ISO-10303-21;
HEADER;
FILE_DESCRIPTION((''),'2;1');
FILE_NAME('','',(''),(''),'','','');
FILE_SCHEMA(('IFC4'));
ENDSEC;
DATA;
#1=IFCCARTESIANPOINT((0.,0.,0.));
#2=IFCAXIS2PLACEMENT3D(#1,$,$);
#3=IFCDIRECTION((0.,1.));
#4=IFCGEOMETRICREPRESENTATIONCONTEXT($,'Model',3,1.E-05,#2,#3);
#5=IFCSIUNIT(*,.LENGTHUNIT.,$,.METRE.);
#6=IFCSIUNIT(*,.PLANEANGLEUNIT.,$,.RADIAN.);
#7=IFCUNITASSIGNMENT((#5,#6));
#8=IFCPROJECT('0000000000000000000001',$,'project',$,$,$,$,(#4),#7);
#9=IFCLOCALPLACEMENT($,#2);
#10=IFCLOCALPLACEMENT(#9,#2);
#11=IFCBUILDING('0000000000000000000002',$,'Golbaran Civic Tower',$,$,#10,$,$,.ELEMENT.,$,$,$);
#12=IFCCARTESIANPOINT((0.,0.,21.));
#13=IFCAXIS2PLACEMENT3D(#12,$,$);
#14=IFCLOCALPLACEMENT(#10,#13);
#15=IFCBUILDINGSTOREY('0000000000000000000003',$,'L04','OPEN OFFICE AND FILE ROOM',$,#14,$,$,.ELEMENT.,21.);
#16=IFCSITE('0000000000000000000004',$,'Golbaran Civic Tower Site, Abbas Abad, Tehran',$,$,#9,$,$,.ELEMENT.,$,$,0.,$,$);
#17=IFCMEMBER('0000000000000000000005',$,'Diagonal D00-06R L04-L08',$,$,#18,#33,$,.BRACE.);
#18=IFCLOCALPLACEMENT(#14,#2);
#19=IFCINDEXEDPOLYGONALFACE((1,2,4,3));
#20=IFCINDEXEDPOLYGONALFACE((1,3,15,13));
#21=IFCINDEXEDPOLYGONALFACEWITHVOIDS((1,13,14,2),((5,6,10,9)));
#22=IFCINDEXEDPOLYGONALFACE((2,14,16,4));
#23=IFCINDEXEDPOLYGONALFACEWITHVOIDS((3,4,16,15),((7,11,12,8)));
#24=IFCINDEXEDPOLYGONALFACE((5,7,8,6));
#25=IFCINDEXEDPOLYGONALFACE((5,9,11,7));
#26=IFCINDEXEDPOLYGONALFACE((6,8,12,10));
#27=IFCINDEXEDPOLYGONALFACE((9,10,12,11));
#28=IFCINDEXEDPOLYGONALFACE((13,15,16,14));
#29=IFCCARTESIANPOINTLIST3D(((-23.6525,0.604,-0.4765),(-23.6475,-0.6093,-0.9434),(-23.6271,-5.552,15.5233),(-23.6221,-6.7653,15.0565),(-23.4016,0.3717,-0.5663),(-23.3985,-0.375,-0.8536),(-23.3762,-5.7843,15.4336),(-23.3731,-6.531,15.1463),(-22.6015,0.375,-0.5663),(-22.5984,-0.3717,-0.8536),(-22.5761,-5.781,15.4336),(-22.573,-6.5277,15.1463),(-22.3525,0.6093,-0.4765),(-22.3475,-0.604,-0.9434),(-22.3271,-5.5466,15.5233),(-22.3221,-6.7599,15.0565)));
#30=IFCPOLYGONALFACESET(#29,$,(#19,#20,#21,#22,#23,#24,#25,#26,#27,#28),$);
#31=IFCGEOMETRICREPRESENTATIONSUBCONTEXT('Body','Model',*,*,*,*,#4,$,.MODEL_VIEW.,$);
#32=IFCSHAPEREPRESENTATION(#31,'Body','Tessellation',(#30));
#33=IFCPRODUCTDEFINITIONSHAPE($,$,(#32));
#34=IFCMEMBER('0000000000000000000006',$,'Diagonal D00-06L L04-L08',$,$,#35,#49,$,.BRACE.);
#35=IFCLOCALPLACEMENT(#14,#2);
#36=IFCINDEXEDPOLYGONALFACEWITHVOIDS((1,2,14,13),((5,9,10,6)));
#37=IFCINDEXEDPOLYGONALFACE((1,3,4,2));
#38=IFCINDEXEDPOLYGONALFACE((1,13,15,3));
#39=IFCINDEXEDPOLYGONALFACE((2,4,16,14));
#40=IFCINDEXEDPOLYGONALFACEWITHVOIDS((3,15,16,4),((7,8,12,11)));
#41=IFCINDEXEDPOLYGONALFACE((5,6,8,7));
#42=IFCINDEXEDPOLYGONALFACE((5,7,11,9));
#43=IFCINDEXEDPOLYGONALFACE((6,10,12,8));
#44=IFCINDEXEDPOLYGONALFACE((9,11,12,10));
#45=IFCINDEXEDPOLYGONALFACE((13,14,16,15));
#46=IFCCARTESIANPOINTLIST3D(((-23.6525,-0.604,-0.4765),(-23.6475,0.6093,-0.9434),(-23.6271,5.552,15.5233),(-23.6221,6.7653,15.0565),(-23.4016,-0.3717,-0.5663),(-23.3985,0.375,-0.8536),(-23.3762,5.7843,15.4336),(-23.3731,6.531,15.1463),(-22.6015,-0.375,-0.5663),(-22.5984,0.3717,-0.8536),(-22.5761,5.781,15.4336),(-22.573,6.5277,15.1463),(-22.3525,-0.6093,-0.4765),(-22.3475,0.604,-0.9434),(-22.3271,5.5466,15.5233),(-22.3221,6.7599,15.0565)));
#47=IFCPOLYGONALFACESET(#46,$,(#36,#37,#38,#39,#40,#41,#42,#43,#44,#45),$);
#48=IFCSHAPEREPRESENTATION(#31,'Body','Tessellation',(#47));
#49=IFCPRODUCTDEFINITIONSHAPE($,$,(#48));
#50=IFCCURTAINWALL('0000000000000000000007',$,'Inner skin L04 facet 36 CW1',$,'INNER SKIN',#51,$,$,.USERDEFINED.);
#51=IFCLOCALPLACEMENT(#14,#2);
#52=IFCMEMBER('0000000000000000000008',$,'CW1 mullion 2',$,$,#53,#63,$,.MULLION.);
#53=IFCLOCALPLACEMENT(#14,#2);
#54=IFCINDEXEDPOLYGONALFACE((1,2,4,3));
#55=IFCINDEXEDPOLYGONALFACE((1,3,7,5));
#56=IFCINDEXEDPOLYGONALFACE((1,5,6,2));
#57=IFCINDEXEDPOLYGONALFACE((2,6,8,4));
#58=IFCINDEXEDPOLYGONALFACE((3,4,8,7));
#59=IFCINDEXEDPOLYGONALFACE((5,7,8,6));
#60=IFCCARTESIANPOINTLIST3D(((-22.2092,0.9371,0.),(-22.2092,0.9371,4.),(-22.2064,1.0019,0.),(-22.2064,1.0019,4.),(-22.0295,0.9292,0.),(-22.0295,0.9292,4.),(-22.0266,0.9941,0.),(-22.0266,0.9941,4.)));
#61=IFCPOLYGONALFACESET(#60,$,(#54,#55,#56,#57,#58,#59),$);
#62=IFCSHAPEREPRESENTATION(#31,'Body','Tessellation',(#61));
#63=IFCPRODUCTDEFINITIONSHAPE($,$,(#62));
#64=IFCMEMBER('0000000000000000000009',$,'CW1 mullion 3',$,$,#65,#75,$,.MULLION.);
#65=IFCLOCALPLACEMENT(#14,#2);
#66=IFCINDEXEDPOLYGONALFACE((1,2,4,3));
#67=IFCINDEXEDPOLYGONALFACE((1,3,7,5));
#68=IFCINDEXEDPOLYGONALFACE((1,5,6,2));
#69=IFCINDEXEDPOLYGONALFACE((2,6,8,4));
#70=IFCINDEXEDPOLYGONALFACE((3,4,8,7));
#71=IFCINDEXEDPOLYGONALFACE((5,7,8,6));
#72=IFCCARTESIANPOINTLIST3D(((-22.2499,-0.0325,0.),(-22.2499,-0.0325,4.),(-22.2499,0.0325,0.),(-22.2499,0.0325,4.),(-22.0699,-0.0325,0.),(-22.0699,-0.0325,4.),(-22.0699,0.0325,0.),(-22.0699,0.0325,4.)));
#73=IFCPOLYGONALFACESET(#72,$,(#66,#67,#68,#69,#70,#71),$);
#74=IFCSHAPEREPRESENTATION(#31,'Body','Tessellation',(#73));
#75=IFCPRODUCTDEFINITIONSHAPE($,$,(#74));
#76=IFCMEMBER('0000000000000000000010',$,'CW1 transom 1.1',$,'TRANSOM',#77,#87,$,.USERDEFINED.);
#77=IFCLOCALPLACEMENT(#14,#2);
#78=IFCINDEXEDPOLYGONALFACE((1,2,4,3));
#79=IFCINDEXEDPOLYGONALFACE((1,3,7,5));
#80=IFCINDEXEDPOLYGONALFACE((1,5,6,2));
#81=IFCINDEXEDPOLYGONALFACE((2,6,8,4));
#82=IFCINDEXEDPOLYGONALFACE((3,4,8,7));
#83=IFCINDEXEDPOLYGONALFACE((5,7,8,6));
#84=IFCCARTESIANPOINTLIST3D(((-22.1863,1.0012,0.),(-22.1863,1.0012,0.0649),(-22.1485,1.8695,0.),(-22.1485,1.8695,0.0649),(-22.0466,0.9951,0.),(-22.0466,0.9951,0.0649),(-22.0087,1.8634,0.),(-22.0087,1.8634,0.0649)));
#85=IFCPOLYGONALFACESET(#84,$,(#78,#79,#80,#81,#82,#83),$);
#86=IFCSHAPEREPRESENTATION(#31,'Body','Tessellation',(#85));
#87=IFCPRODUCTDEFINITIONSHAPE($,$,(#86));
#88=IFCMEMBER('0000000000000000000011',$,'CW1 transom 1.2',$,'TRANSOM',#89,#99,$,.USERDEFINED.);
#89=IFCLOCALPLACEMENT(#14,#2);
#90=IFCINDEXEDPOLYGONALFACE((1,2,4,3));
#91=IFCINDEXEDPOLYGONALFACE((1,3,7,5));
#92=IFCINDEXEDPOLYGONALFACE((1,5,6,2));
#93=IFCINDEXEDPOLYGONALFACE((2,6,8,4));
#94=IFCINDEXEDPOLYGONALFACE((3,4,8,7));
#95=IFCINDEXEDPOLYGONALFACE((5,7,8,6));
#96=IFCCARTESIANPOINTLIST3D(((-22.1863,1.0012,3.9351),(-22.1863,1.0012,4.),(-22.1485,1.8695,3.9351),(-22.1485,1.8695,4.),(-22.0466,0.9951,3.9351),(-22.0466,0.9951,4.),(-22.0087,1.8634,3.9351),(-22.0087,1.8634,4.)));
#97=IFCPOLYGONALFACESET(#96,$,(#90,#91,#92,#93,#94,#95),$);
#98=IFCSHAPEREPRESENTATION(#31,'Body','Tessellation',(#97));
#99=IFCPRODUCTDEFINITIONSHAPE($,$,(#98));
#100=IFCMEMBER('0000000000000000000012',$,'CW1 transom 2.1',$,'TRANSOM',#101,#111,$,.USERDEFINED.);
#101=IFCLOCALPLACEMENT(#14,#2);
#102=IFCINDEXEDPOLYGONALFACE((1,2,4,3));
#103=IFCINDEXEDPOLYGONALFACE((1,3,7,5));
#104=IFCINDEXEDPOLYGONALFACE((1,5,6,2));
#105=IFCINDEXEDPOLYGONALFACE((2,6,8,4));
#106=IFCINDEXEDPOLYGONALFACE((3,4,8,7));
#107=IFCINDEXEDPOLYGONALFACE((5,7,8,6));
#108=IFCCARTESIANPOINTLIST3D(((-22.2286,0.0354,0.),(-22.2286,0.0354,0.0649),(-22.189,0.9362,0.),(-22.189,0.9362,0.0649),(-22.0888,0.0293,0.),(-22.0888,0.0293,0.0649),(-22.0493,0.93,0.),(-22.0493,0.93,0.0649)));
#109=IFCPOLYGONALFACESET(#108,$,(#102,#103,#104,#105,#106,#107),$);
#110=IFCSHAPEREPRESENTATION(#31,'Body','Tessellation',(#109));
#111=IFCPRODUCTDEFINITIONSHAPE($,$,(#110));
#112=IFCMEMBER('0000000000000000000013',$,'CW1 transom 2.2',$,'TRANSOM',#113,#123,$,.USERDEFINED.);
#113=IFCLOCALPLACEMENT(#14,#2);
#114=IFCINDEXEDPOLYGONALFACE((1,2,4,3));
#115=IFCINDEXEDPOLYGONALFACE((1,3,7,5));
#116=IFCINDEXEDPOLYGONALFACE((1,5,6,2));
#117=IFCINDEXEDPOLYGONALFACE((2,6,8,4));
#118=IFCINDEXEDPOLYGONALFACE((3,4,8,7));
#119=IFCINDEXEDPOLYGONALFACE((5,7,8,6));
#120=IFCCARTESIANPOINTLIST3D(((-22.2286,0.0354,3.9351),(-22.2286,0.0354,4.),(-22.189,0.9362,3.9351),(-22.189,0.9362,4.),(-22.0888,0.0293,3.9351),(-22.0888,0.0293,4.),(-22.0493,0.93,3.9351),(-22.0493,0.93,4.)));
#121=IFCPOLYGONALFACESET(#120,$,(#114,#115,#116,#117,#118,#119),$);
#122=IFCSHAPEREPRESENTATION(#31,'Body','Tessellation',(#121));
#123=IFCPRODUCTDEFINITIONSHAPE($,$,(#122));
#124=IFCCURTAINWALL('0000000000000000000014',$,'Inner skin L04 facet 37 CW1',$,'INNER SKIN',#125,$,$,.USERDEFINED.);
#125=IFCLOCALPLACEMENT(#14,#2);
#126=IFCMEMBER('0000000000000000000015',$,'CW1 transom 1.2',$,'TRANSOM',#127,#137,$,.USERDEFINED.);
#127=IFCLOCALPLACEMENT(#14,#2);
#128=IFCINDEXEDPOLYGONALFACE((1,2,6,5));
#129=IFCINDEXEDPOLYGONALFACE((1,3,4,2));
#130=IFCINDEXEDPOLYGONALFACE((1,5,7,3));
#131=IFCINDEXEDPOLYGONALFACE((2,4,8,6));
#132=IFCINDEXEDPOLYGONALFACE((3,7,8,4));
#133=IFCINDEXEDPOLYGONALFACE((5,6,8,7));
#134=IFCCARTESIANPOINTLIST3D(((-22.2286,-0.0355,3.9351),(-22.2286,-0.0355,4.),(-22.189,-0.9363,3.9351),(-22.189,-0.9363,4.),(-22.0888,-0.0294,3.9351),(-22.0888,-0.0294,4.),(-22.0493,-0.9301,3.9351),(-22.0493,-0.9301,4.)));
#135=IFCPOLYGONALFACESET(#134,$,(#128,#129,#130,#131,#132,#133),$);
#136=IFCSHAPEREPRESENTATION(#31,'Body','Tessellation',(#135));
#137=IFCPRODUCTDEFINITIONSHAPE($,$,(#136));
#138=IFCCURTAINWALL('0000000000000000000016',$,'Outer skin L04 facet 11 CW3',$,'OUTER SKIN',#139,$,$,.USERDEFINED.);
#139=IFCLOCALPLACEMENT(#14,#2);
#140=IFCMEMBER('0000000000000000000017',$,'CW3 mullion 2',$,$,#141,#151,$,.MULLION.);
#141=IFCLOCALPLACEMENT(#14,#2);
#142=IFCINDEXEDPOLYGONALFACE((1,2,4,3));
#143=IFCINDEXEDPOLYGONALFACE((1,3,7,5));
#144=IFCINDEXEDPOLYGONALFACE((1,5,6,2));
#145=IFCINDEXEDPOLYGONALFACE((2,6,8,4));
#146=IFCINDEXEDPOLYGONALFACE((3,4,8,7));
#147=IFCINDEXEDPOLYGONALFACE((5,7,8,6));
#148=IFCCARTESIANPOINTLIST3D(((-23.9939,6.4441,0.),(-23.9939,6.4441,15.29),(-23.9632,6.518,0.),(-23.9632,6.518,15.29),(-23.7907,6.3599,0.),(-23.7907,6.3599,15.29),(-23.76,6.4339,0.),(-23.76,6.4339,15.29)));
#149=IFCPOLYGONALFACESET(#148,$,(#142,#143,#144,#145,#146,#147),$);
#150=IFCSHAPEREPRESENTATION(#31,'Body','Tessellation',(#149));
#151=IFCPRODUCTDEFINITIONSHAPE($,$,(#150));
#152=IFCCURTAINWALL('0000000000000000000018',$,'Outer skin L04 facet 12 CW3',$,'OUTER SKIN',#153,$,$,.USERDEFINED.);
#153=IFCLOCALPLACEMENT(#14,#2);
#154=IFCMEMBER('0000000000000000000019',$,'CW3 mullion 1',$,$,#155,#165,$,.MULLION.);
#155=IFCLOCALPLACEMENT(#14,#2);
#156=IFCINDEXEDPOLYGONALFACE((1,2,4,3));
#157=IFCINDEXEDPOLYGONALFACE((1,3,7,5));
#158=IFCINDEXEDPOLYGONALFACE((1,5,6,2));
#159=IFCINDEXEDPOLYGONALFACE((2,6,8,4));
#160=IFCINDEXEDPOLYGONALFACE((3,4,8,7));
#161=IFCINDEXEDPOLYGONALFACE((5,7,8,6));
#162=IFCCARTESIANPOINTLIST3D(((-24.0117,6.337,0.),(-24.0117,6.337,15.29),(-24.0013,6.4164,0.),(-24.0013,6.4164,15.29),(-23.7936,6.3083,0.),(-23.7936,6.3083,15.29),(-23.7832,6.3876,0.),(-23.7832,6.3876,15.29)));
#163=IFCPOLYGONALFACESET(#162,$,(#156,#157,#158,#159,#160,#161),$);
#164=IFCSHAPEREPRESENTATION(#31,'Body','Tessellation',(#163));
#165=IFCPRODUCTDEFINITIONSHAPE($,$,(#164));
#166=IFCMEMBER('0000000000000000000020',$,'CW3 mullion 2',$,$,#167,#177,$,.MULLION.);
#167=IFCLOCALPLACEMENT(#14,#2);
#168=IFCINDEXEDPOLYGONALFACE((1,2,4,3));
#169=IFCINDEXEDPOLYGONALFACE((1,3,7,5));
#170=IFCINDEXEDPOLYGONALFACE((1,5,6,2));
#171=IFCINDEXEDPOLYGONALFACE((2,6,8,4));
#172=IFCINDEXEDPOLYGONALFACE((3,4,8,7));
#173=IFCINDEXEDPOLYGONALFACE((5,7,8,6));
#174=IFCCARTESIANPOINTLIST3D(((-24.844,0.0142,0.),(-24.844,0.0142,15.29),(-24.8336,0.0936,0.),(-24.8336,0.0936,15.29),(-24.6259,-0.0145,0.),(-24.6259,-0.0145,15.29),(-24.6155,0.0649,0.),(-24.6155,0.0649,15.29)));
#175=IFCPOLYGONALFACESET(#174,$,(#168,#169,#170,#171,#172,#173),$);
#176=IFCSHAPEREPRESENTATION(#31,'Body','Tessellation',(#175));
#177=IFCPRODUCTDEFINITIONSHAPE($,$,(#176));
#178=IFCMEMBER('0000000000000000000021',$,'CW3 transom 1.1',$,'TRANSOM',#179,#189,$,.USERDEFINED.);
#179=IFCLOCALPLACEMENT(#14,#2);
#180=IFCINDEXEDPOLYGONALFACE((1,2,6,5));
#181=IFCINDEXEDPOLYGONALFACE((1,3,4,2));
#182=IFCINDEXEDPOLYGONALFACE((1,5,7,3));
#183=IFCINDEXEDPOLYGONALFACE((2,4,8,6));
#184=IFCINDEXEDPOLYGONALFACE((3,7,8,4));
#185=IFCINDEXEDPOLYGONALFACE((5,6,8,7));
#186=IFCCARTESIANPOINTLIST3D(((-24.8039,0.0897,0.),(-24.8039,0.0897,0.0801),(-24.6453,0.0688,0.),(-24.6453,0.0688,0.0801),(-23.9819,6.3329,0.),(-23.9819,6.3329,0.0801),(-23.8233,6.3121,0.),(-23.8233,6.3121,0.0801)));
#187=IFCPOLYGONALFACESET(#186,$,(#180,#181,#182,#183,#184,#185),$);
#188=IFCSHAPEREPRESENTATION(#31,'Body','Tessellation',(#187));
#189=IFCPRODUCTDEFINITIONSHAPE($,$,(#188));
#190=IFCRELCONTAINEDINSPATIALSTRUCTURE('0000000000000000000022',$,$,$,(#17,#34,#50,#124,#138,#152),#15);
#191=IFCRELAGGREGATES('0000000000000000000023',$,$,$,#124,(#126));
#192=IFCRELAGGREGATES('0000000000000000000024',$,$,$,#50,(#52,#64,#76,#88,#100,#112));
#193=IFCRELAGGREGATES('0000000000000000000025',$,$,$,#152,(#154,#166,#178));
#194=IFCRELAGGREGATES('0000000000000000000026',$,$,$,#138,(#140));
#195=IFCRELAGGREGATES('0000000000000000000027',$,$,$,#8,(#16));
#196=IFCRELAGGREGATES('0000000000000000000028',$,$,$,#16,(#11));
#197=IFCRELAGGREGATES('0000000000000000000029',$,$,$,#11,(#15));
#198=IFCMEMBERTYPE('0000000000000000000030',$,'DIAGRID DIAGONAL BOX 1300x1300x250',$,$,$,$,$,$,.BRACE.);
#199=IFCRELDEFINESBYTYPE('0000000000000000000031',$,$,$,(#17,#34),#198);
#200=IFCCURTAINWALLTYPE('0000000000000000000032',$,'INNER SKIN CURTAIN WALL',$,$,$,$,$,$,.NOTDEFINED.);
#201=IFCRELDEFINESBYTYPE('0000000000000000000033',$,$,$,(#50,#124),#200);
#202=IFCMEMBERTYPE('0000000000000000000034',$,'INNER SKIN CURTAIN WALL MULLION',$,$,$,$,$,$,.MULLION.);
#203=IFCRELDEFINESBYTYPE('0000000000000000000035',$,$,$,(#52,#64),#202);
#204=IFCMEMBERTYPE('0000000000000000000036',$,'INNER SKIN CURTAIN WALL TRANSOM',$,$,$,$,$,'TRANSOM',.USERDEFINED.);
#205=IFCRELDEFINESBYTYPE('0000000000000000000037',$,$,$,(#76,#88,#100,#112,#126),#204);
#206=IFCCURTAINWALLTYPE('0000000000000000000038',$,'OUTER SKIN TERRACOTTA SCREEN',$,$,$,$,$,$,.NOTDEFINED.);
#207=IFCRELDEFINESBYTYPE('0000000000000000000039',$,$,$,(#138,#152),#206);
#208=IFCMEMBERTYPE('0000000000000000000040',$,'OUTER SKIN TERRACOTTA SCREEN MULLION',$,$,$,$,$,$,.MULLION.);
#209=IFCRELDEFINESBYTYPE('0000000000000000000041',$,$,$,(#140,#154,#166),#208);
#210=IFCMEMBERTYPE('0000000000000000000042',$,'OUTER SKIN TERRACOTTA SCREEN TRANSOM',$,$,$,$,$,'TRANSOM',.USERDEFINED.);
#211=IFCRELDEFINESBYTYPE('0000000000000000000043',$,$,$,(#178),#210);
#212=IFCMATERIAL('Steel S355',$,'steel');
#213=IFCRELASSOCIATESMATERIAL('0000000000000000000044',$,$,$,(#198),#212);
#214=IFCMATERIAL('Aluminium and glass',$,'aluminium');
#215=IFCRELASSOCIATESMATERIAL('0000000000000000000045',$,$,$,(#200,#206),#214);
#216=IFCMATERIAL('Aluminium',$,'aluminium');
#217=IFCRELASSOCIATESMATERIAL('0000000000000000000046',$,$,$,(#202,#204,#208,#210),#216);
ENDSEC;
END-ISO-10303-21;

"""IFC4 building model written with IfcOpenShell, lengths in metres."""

from ifc_helpers import new_model, si_unit, direction, frame, origin, origin_2d, place, context, subcontext, project, spatial, rectangle, hollow_rectangle, extrude, material, material_profile, profile_set, type_object, element, aggregate, save


model = new_model("IFC4")

# Units and contexts
model_context = context("Model", 3, precision=1e-05, world=origin(), true_north=direction((0.0, 1.0)))
body_context = subcontext(model_context, "Body", "Model", "MODEL_VIEW")
ifc_project = project(units=[si_unit("LENGTHUNIT", "METRE"), si_unit("PLANEANGLEUNIT", "RADIAN")], contexts=[model_context])

# Site, building, storey
site_placement = place(None, origin())
site = spatial("IfcSite", under=ifc_project, at=site_placement, Name="Golbaran Civic Tower Site, Abbas Abad, Tehran", CompositionType="ELEMENT", RefElevation=0.0)
building_placement = place(site_placement, origin())
building = spatial("IfcBuilding", under=site, at=building_placement, Name="Golbaran Civic Tower", CompositionType="ELEMENT")
storey_placement = place(building_placement, frame((0.0, 0.0, 21.0)))
storey = spatial("IfcBuildingStorey", under=building, at=storey_placement, Name="L04", Description="OPEN OFFICE AND FILE ROOM", CompositionType="ELEMENT", Elevation=21.0)

# Members
ifc_material_1 = material(Name="Steel S355", Category="steel")
ifc_material_profile_1 = material_profile(ifc_material_1, hollow_rectangle(XDim=1.3, YDim=1.3, WallThickness=0.25, at=origin_2d()), Name="BOX 1300x1300x250")
ifc_profile_set_1 = profile_set([ifc_material_profile_1], Name="Steel S355")
member_type_1 = type_object("IfcMemberType", Name="DIAGRID DIAGONAL BOX 1300x1300x250", PredefinedType="BRACE", material=ifc_profile_set_1)
for number, where, z_axis, x_axis, name in (
    (1, (-23.0, 0.0, -0.71), (0.001481, -0.359088, 0.933302), (0.999991, 0.004124, 0.0), "Diagonal D00-06R L04-L08"),
    (2, (-23.0, 0.0, -0.71), (0.001481, 0.359088, 0.933302), (-0.999991, 0.004124, 0.0), "Diagonal D00-06L L04-L08"),
):
    element("IfcMember", number, at=place(storey_placement, frame(where, z_axis=z_axis, x_axis=x_axis)), inside=storey, type_object=member_type_1, Name=name, PredefinedType="BRACE", context=body_context, shape_type="SweptSolid", body=[
        extrude(hollow_rectangle(XDim=1.3, YDim=1.3, WallThickness=0.25, at=origin_2d()), origin(), (0.0, 0.0, 1.0), 17.1433),
    ])

# Curtain wall, members
ifc_material_2 = material(Name="Aluminium and glass", Category="aluminium")
curtain_wall_type_1 = type_object("IfcCurtainWallType", Name="INNER SKIN CURTAIN WALL", PredefinedType="NOTDEFINED", material=ifc_material_2)
curtain_wall_1_placement = place(storey_placement, origin())
curtain_wall_1 = element("IfcCurtainWall", 3, at=curtain_wall_1_placement, inside=storey, type_object=curtain_wall_type_1, Name="Inner skin L04 facet 36 CW1", ObjectType="INNER SKIN", PredefinedType="USERDEFINED")
ifc_material_3 = material(Name="Aluminium", Category="aluminium")
ifc_material_profile_2 = material_profile(ifc_material_3, rectangle(XDim=0.1799, YDim=0.0649, at=origin_2d()), Name="INNER SKIN CURTAIN WALL MULLION")
ifc_profile_set_2 = profile_set([ifc_material_profile_2], Name="Aluminium")
member_type_2 = type_object("IfcMemberType", Name="INNER SKIN CURTAIN WALL MULLION", PredefinedType="MULLION", material=ifc_profile_set_2)
member_1_placement = place(storey_placement, frame((-22.1179, 0.9656, 0.0), z_axis=(0.0, 0.0, 1.0), x_axis=(0.999048, -0.043619, 0.0)))
member_1 = element("IfcMember", 4, at=member_1_placement, type_object=member_type_2, Name="CW1 mullion 2", PredefinedType="MULLION", context=body_context, shape_type="SweptSolid", body=[
    extrude(rectangle(XDim=0.1799, YDim=0.0649, at=origin_2d()), origin(), (0.0, 0.0, 1.0), 4.0),
])
member_2_placement = place(storey_placement, frame((-22.1599, 0.0, 0.0), z_axis=(0.0, 0.0, 1.0), x_axis=(1.0, 0.0, 0.0)))
member_2 = element("IfcMember", 5, at=member_2_placement, type_object=member_type_2, Name="CW1 mullion 3", PredefinedType="MULLION", context=body_context, shape_type="SweptSolid", body=[
    extrude(rectangle(XDim=0.1799, YDim=0.0649, at=origin_2d()), origin(), (0.0, 0.0, 1.0), 4.0),
])
ifc_material_profile_3 = material_profile(ifc_material_3, rectangle(XDim=0.1399, YDim=0.0649, at=origin_2d()), Name="INNER SKIN CURTAIN WALL TRANSOM")
ifc_profile_set_3 = profile_set([ifc_material_profile_3], Name="Aluminium")
member_type_3 = type_object("IfcMemberType", Name="INNER SKIN CURTAIN WALL TRANSOM", ElementType="TRANSOM", PredefinedType="USERDEFINED", material=ifc_profile_set_3)
member_3_placement = place(storey_placement, frame((-22.0786, 1.8665, 0.0325), z_axis=(-0.043535, -0.999052, 0.0), x_axis=(0.999052, -0.043535, 0.0)))
member_3 = element("IfcMember", 6, at=member_3_placement, type_object=member_type_3, Name="CW1 transom 1.1", ObjectType="TRANSOM", PredefinedType="USERDEFINED", context=body_context, shape_type="SweptSolid", body=[
    extrude(rectangle(XDim=0.1399, YDim=0.0649, at=origin_2d()), origin(), (0.0, 0.0, 1.0), 0.8691),
])
member_4_placement = place(storey_placement, frame((-22.0786, 1.8665, 3.9675), z_axis=(-0.043535, -0.999052, 0.0), x_axis=(0.999052, -0.043535, 0.0)))
member_4 = element("IfcMember", 7, at=member_4_placement, type_object=member_type_3, Name="CW1 transom 1.2", ObjectType="TRANSOM", PredefinedType="USERDEFINED", context=body_context, shape_type="SweptSolid", body=[
    extrude(rectangle(XDim=0.1399, YDim=0.0649, at=origin_2d()), origin(), (0.0, 0.0, 1.0), 0.8691),
])
member_5_placement = place(storey_placement, frame((-22.1191, 0.9331, 0.0325), z_axis=(-0.043872, -0.999037, 0.0), x_axis=(0.999037, -0.043872, 0.0)))
member_5 = element("IfcMember", 8, at=member_5_placement, type_object=member_type_3, Name="CW1 transom 2.1", ObjectType="TRANSOM", PredefinedType="USERDEFINED", context=body_context, shape_type="SweptSolid", body=[
    extrude(rectangle(XDim=0.1399, YDim=0.0649, at=origin_2d()), origin(), (0.0, 0.0, 1.0), 0.9016),
])
member_6_placement = place(storey_placement, frame((-22.1191, 0.9331, 3.9675), z_axis=(-0.043872, -0.999037, 0.0), x_axis=(0.999037, -0.043872, 0.0)))
member_6 = element("IfcMember", 9, at=member_6_placement, type_object=member_type_3, Name="CW1 transom 2.2", ObjectType="TRANSOM", PredefinedType="USERDEFINED", context=body_context, shape_type="SweptSolid", body=[
    extrude(rectangle(XDim=0.1399, YDim=0.0649, at=origin_2d()), origin(), (0.0, 0.0, 1.0), 0.9016),
])

# Curtain walls, members
curtain_wall_2_placement = place(storey_placement, origin())
curtain_wall_2 = element("IfcCurtainWall", 10, at=curtain_wall_2_placement, inside=storey, type_object=curtain_wall_type_1, Name="Inner skin L04 facet 37 CW1", ObjectType="INNER SKIN", PredefinedType="USERDEFINED")
member_7_placement = place(storey_placement, frame((-22.1587, -0.0325, 3.9675), z_axis=(0.043872, -0.999037, 0.0), x_axis=(0.999037, 0.043872, 0.0)))
member_7 = element("IfcMember", 11, at=member_7_placement, type_object=member_type_3, Name="CW1 transom 1.2", ObjectType="TRANSOM", PredefinedType="USERDEFINED", context=body_context, shape_type="SweptSolid", body=[
    extrude(rectangle(XDim=0.1399, YDim=0.0649, at=origin_2d()), origin(), (0.0, 0.0, 1.0), 0.9016),
])
aggregate(curtain_wall_2, [member_7])
curtain_wall_type_2 = type_object("IfcCurtainWallType", Name="OUTER SKIN TERRACOTTA SCREEN", PredefinedType="NOTDEFINED", material=ifc_material_2)
curtain_wall_3_placement = place(storey_placement, origin())
curtain_wall_3 = element("IfcCurtainWall", 12, at=curtain_wall_3_placement, inside=storey, type_object=curtain_wall_type_2, Name="Outer skin L04 facet 11 CW3", ObjectType="OUTER SKIN", PredefinedType="USERDEFINED")
ifc_material_profile_4 = material_profile(ifc_material_3, rectangle(XDim=0.22, YDim=0.0801, at=origin_2d()), Name="OUTER SKIN TERRACOTTA SCREEN MULLION")
ifc_profile_set_4 = profile_set([ifc_material_profile_4], Name="Aluminium")
member_type_4 = type_object("IfcMemberType", Name="OUTER SKIN TERRACOTTA SCREEN MULLION", PredefinedType="MULLION", material=ifc_profile_set_4)
member_8_placement = place(storey_placement, frame((-23.877, 6.439, 0.0), z_axis=(0.0, 0.0, 1.0), x_axis=(0.92388, -0.382683, 0.0)))
member_8 = element("IfcMember", 13, at=member_8_placement, type_object=member_type_4, Name="CW3 mullion 2", PredefinedType="MULLION", context=body_context, shape_type="SweptSolid", body=[
    extrude(rectangle(XDim=0.22, YDim=0.0801, at=origin_2d()), origin(), (0.0, 0.0, 1.0), 15.29),
])

# Curtain wall, members
curtain_wall_4_placement = place(storey_placement, origin())
curtain_wall_4 = element("IfcCurtainWall", 14, at=curtain_wall_4_placement, inside=storey, type_object=curtain_wall_type_2, Name="Outer skin L04 facet 12 CW3", ObjectType="OUTER SKIN", PredefinedType="USERDEFINED")
member_9_placement = place(storey_placement, frame((-23.8975, 6.3623, 0.0), z_axis=(0.0, 0.0, 1.0), x_axis=(0.991445, -0.130526, 0.0)))
member_9 = element("IfcMember", 15, at=member_9_placement, type_object=member_type_4, Name="CW3 mullion 1", PredefinedType="MULLION", context=body_context, shape_type="SweptSolid", body=[
    extrude(rectangle(XDim=0.22, YDim=0.0801, at=origin_2d()), origin(), (0.0, 0.0, 1.0), 15.29),
])
member_10_placement = place(storey_placement, frame((-24.7297, 0.0396, 0.0), z_axis=(0.0, 0.0, 1.0), x_axis=(0.991445, -0.130526, 0.0)))
member_10 = element("IfcMember", 16, at=member_10_placement, type_object=member_type_4, Name="CW3 mullion 2", PredefinedType="MULLION", context=body_context, shape_type="SweptSolid", body=[
    extrude(rectangle(XDim=0.22, YDim=0.0801, at=origin_2d()), origin(), (0.0, 0.0, 1.0), 15.29),
])
ifc_material_profile_5 = material_profile(ifc_material_3, rectangle(XDim=0.1599, YDim=0.0801, at=origin_2d()), Name="OUTER SKIN TERRACOTTA SCREEN TRANSOM")
ifc_profile_set_5 = profile_set([ifc_material_profile_5], Name="Aluminium")
member_type_5 = type_object("IfcMemberType", Name="OUTER SKIN TERRACOTTA SCREEN TRANSOM", ElementType="TRANSOM", PredefinedType="USERDEFINED", material=ifc_profile_set_5)
member_11_placement = place(storey_placement, frame((-23.9026, 6.3225, 0.04), z_axis=(-0.130541, -0.991443, 0.0), x_axis=(0.991443, -0.130541, 0.0)))
member_11 = element("IfcMember", 17, at=member_11_placement, type_object=member_type_5, Name="CW3 transom 1.1", ObjectType="TRANSOM", PredefinedType="USERDEFINED", context=body_context, shape_type="SweptSolid", body=[
    extrude(rectangle(XDim=0.1599, YDim=0.0801, at=origin_2d()), origin(), (0.0, 0.0, 1.0), 6.2971),
])

aggregate(curtain_wall_1, [member_1, member_2, member_3, member_4, member_5, member_6])
aggregate(curtain_wall_4, [member_9, member_10, member_11])
aggregate(curtain_wall_3, [member_8])

save(model, "model.ifc")
